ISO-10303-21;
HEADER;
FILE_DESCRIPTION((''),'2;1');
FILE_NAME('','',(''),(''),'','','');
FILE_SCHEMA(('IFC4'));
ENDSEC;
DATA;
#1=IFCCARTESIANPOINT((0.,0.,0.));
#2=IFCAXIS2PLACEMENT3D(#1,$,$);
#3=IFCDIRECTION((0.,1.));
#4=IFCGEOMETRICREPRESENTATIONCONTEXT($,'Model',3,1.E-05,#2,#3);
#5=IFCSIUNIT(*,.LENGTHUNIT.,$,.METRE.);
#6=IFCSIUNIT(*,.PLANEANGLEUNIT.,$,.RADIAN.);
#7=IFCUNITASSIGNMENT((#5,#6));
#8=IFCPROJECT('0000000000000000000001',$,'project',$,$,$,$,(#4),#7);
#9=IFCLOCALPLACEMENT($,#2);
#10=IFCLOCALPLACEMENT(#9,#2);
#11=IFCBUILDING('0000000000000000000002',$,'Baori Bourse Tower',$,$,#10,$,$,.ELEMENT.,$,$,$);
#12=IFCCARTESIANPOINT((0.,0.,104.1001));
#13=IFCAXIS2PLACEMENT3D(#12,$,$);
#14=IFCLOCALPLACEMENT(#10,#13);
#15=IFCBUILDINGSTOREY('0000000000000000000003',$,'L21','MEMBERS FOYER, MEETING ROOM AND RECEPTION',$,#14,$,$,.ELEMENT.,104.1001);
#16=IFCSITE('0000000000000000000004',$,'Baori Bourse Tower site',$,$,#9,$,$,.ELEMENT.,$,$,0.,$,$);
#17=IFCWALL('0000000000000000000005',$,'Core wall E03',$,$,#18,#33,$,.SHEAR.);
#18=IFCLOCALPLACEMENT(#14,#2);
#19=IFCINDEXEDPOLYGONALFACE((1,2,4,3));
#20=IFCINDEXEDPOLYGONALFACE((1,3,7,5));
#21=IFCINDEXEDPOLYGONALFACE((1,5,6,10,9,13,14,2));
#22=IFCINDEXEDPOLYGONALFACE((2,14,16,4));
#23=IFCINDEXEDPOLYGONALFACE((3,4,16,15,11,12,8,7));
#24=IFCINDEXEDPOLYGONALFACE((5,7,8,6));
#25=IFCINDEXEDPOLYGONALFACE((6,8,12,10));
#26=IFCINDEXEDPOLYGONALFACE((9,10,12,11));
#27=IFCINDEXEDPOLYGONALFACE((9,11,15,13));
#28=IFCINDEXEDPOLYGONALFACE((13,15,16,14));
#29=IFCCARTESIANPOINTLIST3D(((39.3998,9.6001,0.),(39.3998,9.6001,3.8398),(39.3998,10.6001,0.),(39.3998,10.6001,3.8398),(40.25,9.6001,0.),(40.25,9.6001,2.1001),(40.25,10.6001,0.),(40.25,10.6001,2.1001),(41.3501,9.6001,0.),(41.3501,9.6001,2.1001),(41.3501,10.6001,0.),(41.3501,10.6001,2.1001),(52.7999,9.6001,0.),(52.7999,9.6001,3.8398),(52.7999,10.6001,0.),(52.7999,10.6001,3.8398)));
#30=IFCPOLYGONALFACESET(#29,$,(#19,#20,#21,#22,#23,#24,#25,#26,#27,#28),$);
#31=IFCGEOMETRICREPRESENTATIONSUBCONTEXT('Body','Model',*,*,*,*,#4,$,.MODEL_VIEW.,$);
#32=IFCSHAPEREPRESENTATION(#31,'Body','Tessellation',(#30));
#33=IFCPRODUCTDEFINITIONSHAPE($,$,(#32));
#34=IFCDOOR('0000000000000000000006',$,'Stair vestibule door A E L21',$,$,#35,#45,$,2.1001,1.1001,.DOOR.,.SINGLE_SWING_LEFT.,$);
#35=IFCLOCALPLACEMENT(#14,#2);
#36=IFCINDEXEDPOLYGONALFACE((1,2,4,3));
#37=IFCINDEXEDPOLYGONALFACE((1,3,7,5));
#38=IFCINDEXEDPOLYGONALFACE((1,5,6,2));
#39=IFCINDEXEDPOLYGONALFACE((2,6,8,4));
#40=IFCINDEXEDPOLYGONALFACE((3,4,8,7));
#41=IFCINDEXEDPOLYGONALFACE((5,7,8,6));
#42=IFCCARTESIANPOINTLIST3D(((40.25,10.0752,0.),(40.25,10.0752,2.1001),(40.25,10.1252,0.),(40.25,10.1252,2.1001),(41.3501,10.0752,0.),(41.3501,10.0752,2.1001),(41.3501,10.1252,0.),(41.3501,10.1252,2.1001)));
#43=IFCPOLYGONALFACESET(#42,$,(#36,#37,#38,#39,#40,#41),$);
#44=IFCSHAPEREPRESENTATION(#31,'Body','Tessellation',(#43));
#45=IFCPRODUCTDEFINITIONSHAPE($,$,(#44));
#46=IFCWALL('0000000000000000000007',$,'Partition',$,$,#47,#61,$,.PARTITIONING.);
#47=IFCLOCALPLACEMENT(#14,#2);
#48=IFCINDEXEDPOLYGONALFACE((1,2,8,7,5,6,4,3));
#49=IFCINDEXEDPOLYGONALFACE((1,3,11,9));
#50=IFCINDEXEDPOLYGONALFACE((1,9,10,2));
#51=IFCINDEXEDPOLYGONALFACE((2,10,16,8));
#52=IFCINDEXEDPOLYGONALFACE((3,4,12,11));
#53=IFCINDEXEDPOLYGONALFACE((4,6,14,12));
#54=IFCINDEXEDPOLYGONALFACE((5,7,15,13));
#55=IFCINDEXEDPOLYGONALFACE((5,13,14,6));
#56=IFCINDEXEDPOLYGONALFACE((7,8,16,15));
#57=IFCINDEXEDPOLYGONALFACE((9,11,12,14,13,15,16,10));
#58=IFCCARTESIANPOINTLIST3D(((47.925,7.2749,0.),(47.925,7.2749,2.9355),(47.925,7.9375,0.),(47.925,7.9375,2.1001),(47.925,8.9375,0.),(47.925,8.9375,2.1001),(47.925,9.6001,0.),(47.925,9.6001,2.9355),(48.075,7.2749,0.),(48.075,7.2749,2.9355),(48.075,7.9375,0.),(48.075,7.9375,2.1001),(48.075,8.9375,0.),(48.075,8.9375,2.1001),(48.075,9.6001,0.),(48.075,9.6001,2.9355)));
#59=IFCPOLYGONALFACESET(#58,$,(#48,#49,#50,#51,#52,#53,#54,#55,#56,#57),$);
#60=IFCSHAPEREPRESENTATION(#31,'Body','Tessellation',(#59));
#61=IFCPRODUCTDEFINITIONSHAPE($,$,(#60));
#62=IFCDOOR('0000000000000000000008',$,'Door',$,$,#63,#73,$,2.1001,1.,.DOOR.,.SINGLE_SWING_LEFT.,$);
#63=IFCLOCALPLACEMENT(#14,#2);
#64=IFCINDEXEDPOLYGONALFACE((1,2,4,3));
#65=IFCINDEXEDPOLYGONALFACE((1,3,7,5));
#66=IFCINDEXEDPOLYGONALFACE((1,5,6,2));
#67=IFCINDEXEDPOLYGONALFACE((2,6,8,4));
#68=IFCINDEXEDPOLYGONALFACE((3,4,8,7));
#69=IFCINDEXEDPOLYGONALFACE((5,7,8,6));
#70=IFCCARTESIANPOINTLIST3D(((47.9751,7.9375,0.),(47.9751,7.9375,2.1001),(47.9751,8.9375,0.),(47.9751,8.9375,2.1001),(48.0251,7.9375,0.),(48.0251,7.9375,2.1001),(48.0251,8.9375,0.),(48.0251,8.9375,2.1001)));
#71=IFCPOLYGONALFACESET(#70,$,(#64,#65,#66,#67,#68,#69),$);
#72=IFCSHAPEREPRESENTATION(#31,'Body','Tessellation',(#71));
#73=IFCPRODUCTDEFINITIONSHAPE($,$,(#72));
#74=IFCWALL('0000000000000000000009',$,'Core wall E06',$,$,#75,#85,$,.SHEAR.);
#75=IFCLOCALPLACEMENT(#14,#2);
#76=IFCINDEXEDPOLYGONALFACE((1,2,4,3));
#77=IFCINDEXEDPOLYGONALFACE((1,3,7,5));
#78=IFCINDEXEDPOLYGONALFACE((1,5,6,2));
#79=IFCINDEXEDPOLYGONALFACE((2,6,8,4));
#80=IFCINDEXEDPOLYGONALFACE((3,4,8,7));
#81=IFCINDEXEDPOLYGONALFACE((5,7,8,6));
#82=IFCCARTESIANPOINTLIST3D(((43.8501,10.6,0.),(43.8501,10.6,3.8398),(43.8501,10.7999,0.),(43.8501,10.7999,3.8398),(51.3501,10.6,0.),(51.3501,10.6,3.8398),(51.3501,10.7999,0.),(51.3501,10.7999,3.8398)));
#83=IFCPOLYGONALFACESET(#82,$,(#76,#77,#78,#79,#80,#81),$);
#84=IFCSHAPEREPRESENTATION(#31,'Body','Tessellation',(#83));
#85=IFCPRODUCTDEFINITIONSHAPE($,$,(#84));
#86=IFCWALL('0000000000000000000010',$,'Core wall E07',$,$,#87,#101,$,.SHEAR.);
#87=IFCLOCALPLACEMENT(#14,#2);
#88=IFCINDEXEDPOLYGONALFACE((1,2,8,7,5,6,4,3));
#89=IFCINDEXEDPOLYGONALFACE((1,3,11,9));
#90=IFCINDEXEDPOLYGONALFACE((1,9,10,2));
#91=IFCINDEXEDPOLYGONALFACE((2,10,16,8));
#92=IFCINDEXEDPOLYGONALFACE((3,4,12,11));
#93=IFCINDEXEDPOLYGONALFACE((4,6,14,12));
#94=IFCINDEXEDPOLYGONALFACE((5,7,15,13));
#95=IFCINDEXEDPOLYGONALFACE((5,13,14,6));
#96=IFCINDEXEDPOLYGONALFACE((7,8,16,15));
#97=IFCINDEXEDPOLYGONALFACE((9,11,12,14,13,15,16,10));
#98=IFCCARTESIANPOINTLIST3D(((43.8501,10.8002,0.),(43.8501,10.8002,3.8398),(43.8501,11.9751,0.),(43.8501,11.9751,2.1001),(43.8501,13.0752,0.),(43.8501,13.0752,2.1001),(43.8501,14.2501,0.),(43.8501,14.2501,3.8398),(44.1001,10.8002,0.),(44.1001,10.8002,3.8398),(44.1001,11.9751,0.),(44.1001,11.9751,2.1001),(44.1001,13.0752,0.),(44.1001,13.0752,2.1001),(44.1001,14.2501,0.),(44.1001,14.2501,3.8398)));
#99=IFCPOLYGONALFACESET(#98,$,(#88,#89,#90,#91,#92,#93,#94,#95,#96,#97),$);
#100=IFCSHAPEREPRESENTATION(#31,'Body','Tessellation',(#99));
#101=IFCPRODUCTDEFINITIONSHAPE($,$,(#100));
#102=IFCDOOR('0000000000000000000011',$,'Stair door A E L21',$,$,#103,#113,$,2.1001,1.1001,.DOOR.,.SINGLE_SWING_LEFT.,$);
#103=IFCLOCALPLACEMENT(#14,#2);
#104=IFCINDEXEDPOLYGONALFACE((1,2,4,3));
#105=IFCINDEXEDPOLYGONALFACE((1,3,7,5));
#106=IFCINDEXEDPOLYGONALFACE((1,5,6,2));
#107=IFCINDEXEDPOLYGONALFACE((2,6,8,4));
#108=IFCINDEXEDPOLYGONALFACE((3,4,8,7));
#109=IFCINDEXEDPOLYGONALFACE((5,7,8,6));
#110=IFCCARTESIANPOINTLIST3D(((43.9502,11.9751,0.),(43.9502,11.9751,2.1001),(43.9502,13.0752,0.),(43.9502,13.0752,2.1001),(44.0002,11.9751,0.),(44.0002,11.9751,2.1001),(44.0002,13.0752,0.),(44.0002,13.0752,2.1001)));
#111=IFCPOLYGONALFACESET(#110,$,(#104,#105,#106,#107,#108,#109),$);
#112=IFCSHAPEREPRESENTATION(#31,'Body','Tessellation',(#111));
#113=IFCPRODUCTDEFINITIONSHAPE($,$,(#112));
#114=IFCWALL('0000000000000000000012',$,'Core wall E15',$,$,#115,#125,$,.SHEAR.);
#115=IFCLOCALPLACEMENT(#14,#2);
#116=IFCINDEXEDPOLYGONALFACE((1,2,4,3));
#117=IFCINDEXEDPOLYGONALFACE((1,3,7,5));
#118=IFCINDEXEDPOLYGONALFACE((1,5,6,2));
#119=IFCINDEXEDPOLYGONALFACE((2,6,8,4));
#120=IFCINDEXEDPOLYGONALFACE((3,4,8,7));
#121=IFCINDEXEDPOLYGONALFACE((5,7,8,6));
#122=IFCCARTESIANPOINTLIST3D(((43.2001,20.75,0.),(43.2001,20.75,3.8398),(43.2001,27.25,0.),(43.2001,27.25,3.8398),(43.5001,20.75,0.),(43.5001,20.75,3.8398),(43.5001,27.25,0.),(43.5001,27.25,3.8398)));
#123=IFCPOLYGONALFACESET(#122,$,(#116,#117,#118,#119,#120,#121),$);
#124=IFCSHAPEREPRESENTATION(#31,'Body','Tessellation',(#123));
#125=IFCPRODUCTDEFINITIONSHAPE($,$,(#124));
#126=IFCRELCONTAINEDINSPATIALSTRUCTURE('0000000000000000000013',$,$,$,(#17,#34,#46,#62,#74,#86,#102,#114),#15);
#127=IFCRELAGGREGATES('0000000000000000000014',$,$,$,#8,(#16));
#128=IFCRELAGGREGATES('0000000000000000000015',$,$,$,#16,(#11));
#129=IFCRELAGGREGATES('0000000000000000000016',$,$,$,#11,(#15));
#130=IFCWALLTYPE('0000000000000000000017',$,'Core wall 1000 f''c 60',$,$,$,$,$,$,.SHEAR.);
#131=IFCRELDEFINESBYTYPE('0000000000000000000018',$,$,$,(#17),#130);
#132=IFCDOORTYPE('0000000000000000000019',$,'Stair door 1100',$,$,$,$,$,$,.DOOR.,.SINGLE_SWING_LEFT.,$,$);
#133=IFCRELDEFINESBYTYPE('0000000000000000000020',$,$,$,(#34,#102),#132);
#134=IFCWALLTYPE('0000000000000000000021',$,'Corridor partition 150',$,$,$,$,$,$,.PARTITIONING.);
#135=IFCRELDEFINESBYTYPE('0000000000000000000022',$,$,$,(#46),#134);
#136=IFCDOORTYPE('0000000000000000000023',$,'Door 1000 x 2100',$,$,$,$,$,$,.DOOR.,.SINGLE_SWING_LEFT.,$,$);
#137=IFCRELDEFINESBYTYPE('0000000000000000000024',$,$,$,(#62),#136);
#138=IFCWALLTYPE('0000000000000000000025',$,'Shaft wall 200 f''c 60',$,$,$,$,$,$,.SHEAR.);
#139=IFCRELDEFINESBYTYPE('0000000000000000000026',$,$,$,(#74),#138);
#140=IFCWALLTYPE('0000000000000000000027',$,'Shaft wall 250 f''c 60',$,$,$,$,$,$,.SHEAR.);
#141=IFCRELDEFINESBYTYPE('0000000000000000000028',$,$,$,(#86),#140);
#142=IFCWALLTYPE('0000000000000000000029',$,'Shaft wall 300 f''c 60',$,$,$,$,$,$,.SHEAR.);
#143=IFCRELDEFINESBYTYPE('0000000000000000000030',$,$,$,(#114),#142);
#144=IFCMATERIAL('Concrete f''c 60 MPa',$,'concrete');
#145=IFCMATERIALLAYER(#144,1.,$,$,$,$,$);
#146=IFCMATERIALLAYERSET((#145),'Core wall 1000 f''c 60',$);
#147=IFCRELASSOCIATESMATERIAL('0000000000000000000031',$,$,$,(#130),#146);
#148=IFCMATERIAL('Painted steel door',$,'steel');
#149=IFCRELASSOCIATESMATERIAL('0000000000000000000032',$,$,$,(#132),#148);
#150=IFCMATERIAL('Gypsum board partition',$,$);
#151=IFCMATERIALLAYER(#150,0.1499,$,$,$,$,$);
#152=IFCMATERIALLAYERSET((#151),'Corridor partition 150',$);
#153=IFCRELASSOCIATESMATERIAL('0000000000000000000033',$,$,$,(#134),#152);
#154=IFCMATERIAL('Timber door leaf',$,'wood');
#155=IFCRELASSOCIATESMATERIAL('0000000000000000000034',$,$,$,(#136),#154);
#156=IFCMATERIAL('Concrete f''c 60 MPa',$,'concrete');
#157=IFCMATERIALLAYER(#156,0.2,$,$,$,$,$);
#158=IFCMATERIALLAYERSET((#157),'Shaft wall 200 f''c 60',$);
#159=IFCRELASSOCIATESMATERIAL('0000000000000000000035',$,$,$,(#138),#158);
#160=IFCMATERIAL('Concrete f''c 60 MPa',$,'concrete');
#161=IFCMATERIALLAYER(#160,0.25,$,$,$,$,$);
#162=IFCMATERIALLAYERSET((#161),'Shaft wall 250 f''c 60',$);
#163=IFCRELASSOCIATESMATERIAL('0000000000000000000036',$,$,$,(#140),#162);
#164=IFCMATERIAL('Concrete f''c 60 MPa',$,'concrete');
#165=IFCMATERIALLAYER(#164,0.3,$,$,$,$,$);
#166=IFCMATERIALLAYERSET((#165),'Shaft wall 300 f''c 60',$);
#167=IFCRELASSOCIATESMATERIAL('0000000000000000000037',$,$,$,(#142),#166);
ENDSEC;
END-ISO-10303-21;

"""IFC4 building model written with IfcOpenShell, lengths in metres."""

from ifc_helpers import new_model, si_unit, direction, frame, frame_2d, origin, place, context, subcontext, project, spatial, rectangle, extrude, material, layer, layer_set, type_object, element, fill, save


model = new_model("IFC4")

# Units and contexts
model_context = context("Model", 3, precision=1e-05, world=origin(), true_north=direction((0.0, 1.0)))
body_context = subcontext(model_context, "Body", "Model", "MODEL_VIEW")
ifc_project = project(units=[si_unit("LENGTHUNIT", "METRE"), si_unit("PLANEANGLEUNIT", "RADIAN")], contexts=[model_context])

# Site, building, storey
site_placement = place(None, origin())
site = spatial("IfcSite", under=ifc_project, at=site_placement, Name="Baori Bourse Tower site", CompositionType="ELEMENT", RefElevation=0.0)
building_placement = place(site_placement, origin())
building = spatial("IfcBuilding", under=site, at=building_placement, Name="Baori Bourse Tower", CompositionType="ELEMENT")
storey_placement = place(building_placement, frame((0.0, 0.0, 104.1001)))
storey = spatial("IfcBuildingStorey", under=building, at=storey_placement, Name="L21", Description="MEMBERS FOYER, MEETING ROOM AND RECEPTION", CompositionType="ELEMENT", Elevation=104.1001)

# Shared definitions
ifc_material_1 = material(Name="Concrete f'c 60 MPa", Category="concrete")
ifc_layer_1 = layer(ifc_material_1, 1.0)
ifc_layer_set_1 = layer_set([ifc_layer_1], Name="Core wall 1000 f'c 60")
wall_type_1 = type_object("IfcWallType", Name="Core wall 1000 f'c 60", PredefinedType="SHEAR", material=ifc_layer_set_1)

# Walls, openings, doors
wall_1_placement = place(storey_placement, frame((52.8, 10.1001, 0.0), z_axis=(0.0, 0.0, 1.0), x_axis=(-1.0, 0.0, 0.0)))
wall_1 = element("IfcWall", 1, at=wall_1_placement, inside=storey, type_object=wall_type_1, Name="Core wall E03", PredefinedType="SHEAR", context=body_context, shape_type="SweptSolid", body=[
    extrude(rectangle(XDim=13.4001, YDim=1.0, at=frame_2d((6.7002, 0.0))), origin(), (0.0, 0.0, 1.0), 3.8398),
])
opening_1_placement = place(wall_1_placement, frame((11.45, 0.0, 0.0)))
opening_1 = element("IfcOpeningElement", 2, at=opening_1_placement, cuts=wall_1, PredefinedType="OPENING", context=body_context, shape_type="SweptSolid", body=[
    extrude(rectangle(XDim=1.1001, YDim=2.1001, at=frame_2d((0.55, 1.05))), frame((0.0, 0.51, 0.0), z_axis=(0.0, -1.0, 0.0), x_axis=(1.0, 0.0, 0.0)), (0.0, 0.0, 1.0), 1.02),
])
ifc_material_2 = material(Name="Painted steel door", Category="steel")
door_type_1 = type_object("IfcDoorType", Name="Stair door 1100", OperationType="SINGLE_SWING_LEFT", PredefinedType="DOOR", material=ifc_material_2)
door_1_placement = place(opening_1_placement, origin())
door_1 = element("IfcDoor", 3, at=door_1_placement, inside=storey, type_object=door_type_1, Name="Stair vestibule door A E L21", OperationType="SINGLE_SWING_LEFT", OverallHeight=2.1001, OverallWidth=1.1001, PredefinedType="DOOR", context=body_context, shape_type="SweptSolid", body=[
    extrude(rectangle(XDim=1.1001, YDim=2.1001, at=frame_2d((0.55, 1.05))), frame((0.0, 0.0249, 0.0), z_axis=(0.0, -1.0, 0.0), x_axis=(1.0, 0.0, 0.0)), (0.0, 0.0, 1.0), 0.05),
])
fill(opening_1, door_1)
ifc_material_3 = material(Name="Gypsum board partition")
ifc_layer_2 = layer(ifc_material_3, 0.1499)
ifc_layer_set_2 = layer_set([ifc_layer_2], Name="Corridor partition 150")
wall_type_2 = type_object("IfcWallType", Name="Corridor partition 150", PredefinedType="PARTITIONING", material=ifc_layer_set_2)
wall_2_placement = place(storey_placement, frame((48.0, 7.2749, 0.0), z_axis=(0.0, 0.0, 1.0), x_axis=(0.0, 1.0, 0.0)))
wall_2 = element("IfcWall", 4, at=wall_2_placement, inside=storey, type_object=wall_type_2, Name="Partition", PredefinedType="PARTITIONING", context=body_context, shape_type="SweptSolid", body=[
    extrude(rectangle(XDim=2.3252, YDim=0.1499, at=frame_2d((1.1626, 0.0))), origin(), (0.0, 0.0, 1.0), 2.9355),
])
opening_2_placement = place(wall_2_placement, frame((0.6626, 0.0, 0.0)))
opening_2 = element("IfcOpeningElement", 5, at=opening_2_placement, cuts=wall_2, PredefinedType="OPENING", context=body_context, shape_type="SweptSolid", body=[
    extrude(rectangle(XDim=1.0, YDim=2.1001, at=frame_2d((0.5, 1.05))), frame((0.0, 0.085, 0.0), z_axis=(0.0, -1.0, 0.0), x_axis=(1.0, 0.0, 0.0)), (0.0, 0.0, 1.0), 0.1699),
])
ifc_material_4 = material(Name="Timber door leaf", Category="wood")
door_type_2 = type_object("IfcDoorType", Name="Door 1000 x 2100", OperationType="SINGLE_SWING_LEFT", PredefinedType="DOOR", material=ifc_material_4)
door_2_placement = place(opening_2_placement, origin())
door_2 = element("IfcDoor", 6, at=door_2_placement, inside=storey, type_object=door_type_2, Name="Door", OperationType="SINGLE_SWING_LEFT", OverallHeight=2.1001, OverallWidth=1.0, PredefinedType="DOOR", context=body_context, shape_type="SweptSolid", body=[
    extrude(rectangle(XDim=1.0, YDim=2.1001, at=frame_2d((0.5, 1.05))), frame((0.0, 0.0249, 0.0), z_axis=(0.0, -1.0, 0.0), x_axis=(1.0, 0.0, 0.0)), (0.0, 0.0, 1.0), 0.05),
])
fill(opening_2, door_2)

# Wall
ifc_material_5 = material(Name="Concrete f'c 60 MPa", Category="concrete")
ifc_layer_3 = layer(ifc_material_5, 0.2)
ifc_layer_set_3 = layer_set([ifc_layer_3], Name="Shaft wall 200 f'c 60")
wall_type_3 = type_object("IfcWallType", Name="Shaft wall 200 f'c 60", PredefinedType="SHEAR", material=ifc_layer_set_3)
wall_3_placement = place(storey_placement, frame((43.8501, 10.7, 0.0), z_axis=(0.0, 0.0, 1.0), x_axis=(1.0, 0.0, 0.0)))
element("IfcWall", 7, at=wall_3_placement, inside=storey, type_object=wall_type_3, Name="Core wall E06", PredefinedType="SHEAR", context=body_context, shape_type="SweptSolid", body=[
    extrude(rectangle(XDim=7.5, YDim=0.2, at=frame_2d((3.75, 0.0))), origin(), (0.0, 0.0, 1.0), 3.8398),
])

# Wall, opening, door
ifc_material_6 = material(Name="Concrete f'c 60 MPa", Category="concrete")
ifc_layer_4 = layer(ifc_material_6, 0.25)
ifc_layer_set_4 = layer_set([ifc_layer_4], Name="Shaft wall 250 f'c 60")
wall_type_4 = type_object("IfcWallType", Name="Shaft wall 250 f'c 60", PredefinedType="SHEAR", material=ifc_layer_set_4)
wall_4_placement = place(storey_placement, frame((43.9751, 10.8, 0.0), z_axis=(0.0, 0.0, 1.0), x_axis=(0.0, 1.0, 0.0)))
wall_4 = element("IfcWall", 8, at=wall_4_placement, inside=storey, type_object=wall_type_4, Name="Core wall E07", PredefinedType="SHEAR", context=body_context, shape_type="SweptSolid", body=[
    extrude(rectangle(XDim=3.45, YDim=0.25, at=frame_2d((1.7251, 0.0))), origin(), (0.0, 0.0, 1.0), 3.8398),
])
opening_3_placement = place(wall_4_placement, frame((1.175, 0.0, 0.0)))
opening_3 = element("IfcOpeningElement", 9, at=opening_3_placement, cuts=wall_4, PredefinedType="OPENING", context=body_context, shape_type="SweptSolid", body=[
    extrude(rectangle(XDim=1.1001, YDim=2.1001, at=frame_2d((0.55, 1.05))), frame((0.0, 0.135, 0.0), z_axis=(0.0, -1.0, 0.0), x_axis=(1.0, 0.0, 0.0)), (0.0, 0.0, 1.0), 0.27),
])
door_3_placement = place(opening_3_placement, origin())
door_3 = element("IfcDoor", 10, at=door_3_placement, inside=storey, type_object=door_type_1, Name="Stair door A E L21", OperationType="SINGLE_SWING_LEFT", OverallHeight=2.1001, OverallWidth=1.1001, PredefinedType="DOOR", context=body_context, shape_type="SweptSolid", body=[
    extrude(rectangle(XDim=1.1001, YDim=2.1001, at=frame_2d((0.55, 1.05))), frame((0.0, 0.0249, 0.0), z_axis=(0.0, -1.0, 0.0), x_axis=(1.0, 0.0, 0.0)), (0.0, 0.0, 1.0), 0.05),
])
fill(opening_3, door_3)

# Wall
ifc_material_7 = material(Name="Concrete f'c 60 MPa", Category="concrete")
ifc_layer_5 = layer(ifc_material_7, 0.3)
ifc_layer_set_5 = layer_set([ifc_layer_5], Name="Shaft wall 300 f'c 60")
wall_type_5 = type_object("IfcWallType", Name="Shaft wall 300 f'c 60", PredefinedType="SHEAR", material=ifc_layer_set_5)
wall_5_placement = place(storey_placement, frame((43.3501, 20.75, 0.0), z_axis=(0.0, 0.0, 1.0), x_axis=(0.0, 1.0, 0.0)))
element("IfcWall", 11, at=wall_5_placement, inside=storey, type_object=wall_type_5, Name="Core wall E15", PredefinedType="SHEAR", context=body_context, shape_type="SweptSolid", body=[
    extrude(rectangle(XDim=6.5, YDim=0.3, at=frame_2d((3.25, 0.0))), origin(), (0.0, 0.0, 1.0), 3.8398),
])

save(model, "model.ifc")
